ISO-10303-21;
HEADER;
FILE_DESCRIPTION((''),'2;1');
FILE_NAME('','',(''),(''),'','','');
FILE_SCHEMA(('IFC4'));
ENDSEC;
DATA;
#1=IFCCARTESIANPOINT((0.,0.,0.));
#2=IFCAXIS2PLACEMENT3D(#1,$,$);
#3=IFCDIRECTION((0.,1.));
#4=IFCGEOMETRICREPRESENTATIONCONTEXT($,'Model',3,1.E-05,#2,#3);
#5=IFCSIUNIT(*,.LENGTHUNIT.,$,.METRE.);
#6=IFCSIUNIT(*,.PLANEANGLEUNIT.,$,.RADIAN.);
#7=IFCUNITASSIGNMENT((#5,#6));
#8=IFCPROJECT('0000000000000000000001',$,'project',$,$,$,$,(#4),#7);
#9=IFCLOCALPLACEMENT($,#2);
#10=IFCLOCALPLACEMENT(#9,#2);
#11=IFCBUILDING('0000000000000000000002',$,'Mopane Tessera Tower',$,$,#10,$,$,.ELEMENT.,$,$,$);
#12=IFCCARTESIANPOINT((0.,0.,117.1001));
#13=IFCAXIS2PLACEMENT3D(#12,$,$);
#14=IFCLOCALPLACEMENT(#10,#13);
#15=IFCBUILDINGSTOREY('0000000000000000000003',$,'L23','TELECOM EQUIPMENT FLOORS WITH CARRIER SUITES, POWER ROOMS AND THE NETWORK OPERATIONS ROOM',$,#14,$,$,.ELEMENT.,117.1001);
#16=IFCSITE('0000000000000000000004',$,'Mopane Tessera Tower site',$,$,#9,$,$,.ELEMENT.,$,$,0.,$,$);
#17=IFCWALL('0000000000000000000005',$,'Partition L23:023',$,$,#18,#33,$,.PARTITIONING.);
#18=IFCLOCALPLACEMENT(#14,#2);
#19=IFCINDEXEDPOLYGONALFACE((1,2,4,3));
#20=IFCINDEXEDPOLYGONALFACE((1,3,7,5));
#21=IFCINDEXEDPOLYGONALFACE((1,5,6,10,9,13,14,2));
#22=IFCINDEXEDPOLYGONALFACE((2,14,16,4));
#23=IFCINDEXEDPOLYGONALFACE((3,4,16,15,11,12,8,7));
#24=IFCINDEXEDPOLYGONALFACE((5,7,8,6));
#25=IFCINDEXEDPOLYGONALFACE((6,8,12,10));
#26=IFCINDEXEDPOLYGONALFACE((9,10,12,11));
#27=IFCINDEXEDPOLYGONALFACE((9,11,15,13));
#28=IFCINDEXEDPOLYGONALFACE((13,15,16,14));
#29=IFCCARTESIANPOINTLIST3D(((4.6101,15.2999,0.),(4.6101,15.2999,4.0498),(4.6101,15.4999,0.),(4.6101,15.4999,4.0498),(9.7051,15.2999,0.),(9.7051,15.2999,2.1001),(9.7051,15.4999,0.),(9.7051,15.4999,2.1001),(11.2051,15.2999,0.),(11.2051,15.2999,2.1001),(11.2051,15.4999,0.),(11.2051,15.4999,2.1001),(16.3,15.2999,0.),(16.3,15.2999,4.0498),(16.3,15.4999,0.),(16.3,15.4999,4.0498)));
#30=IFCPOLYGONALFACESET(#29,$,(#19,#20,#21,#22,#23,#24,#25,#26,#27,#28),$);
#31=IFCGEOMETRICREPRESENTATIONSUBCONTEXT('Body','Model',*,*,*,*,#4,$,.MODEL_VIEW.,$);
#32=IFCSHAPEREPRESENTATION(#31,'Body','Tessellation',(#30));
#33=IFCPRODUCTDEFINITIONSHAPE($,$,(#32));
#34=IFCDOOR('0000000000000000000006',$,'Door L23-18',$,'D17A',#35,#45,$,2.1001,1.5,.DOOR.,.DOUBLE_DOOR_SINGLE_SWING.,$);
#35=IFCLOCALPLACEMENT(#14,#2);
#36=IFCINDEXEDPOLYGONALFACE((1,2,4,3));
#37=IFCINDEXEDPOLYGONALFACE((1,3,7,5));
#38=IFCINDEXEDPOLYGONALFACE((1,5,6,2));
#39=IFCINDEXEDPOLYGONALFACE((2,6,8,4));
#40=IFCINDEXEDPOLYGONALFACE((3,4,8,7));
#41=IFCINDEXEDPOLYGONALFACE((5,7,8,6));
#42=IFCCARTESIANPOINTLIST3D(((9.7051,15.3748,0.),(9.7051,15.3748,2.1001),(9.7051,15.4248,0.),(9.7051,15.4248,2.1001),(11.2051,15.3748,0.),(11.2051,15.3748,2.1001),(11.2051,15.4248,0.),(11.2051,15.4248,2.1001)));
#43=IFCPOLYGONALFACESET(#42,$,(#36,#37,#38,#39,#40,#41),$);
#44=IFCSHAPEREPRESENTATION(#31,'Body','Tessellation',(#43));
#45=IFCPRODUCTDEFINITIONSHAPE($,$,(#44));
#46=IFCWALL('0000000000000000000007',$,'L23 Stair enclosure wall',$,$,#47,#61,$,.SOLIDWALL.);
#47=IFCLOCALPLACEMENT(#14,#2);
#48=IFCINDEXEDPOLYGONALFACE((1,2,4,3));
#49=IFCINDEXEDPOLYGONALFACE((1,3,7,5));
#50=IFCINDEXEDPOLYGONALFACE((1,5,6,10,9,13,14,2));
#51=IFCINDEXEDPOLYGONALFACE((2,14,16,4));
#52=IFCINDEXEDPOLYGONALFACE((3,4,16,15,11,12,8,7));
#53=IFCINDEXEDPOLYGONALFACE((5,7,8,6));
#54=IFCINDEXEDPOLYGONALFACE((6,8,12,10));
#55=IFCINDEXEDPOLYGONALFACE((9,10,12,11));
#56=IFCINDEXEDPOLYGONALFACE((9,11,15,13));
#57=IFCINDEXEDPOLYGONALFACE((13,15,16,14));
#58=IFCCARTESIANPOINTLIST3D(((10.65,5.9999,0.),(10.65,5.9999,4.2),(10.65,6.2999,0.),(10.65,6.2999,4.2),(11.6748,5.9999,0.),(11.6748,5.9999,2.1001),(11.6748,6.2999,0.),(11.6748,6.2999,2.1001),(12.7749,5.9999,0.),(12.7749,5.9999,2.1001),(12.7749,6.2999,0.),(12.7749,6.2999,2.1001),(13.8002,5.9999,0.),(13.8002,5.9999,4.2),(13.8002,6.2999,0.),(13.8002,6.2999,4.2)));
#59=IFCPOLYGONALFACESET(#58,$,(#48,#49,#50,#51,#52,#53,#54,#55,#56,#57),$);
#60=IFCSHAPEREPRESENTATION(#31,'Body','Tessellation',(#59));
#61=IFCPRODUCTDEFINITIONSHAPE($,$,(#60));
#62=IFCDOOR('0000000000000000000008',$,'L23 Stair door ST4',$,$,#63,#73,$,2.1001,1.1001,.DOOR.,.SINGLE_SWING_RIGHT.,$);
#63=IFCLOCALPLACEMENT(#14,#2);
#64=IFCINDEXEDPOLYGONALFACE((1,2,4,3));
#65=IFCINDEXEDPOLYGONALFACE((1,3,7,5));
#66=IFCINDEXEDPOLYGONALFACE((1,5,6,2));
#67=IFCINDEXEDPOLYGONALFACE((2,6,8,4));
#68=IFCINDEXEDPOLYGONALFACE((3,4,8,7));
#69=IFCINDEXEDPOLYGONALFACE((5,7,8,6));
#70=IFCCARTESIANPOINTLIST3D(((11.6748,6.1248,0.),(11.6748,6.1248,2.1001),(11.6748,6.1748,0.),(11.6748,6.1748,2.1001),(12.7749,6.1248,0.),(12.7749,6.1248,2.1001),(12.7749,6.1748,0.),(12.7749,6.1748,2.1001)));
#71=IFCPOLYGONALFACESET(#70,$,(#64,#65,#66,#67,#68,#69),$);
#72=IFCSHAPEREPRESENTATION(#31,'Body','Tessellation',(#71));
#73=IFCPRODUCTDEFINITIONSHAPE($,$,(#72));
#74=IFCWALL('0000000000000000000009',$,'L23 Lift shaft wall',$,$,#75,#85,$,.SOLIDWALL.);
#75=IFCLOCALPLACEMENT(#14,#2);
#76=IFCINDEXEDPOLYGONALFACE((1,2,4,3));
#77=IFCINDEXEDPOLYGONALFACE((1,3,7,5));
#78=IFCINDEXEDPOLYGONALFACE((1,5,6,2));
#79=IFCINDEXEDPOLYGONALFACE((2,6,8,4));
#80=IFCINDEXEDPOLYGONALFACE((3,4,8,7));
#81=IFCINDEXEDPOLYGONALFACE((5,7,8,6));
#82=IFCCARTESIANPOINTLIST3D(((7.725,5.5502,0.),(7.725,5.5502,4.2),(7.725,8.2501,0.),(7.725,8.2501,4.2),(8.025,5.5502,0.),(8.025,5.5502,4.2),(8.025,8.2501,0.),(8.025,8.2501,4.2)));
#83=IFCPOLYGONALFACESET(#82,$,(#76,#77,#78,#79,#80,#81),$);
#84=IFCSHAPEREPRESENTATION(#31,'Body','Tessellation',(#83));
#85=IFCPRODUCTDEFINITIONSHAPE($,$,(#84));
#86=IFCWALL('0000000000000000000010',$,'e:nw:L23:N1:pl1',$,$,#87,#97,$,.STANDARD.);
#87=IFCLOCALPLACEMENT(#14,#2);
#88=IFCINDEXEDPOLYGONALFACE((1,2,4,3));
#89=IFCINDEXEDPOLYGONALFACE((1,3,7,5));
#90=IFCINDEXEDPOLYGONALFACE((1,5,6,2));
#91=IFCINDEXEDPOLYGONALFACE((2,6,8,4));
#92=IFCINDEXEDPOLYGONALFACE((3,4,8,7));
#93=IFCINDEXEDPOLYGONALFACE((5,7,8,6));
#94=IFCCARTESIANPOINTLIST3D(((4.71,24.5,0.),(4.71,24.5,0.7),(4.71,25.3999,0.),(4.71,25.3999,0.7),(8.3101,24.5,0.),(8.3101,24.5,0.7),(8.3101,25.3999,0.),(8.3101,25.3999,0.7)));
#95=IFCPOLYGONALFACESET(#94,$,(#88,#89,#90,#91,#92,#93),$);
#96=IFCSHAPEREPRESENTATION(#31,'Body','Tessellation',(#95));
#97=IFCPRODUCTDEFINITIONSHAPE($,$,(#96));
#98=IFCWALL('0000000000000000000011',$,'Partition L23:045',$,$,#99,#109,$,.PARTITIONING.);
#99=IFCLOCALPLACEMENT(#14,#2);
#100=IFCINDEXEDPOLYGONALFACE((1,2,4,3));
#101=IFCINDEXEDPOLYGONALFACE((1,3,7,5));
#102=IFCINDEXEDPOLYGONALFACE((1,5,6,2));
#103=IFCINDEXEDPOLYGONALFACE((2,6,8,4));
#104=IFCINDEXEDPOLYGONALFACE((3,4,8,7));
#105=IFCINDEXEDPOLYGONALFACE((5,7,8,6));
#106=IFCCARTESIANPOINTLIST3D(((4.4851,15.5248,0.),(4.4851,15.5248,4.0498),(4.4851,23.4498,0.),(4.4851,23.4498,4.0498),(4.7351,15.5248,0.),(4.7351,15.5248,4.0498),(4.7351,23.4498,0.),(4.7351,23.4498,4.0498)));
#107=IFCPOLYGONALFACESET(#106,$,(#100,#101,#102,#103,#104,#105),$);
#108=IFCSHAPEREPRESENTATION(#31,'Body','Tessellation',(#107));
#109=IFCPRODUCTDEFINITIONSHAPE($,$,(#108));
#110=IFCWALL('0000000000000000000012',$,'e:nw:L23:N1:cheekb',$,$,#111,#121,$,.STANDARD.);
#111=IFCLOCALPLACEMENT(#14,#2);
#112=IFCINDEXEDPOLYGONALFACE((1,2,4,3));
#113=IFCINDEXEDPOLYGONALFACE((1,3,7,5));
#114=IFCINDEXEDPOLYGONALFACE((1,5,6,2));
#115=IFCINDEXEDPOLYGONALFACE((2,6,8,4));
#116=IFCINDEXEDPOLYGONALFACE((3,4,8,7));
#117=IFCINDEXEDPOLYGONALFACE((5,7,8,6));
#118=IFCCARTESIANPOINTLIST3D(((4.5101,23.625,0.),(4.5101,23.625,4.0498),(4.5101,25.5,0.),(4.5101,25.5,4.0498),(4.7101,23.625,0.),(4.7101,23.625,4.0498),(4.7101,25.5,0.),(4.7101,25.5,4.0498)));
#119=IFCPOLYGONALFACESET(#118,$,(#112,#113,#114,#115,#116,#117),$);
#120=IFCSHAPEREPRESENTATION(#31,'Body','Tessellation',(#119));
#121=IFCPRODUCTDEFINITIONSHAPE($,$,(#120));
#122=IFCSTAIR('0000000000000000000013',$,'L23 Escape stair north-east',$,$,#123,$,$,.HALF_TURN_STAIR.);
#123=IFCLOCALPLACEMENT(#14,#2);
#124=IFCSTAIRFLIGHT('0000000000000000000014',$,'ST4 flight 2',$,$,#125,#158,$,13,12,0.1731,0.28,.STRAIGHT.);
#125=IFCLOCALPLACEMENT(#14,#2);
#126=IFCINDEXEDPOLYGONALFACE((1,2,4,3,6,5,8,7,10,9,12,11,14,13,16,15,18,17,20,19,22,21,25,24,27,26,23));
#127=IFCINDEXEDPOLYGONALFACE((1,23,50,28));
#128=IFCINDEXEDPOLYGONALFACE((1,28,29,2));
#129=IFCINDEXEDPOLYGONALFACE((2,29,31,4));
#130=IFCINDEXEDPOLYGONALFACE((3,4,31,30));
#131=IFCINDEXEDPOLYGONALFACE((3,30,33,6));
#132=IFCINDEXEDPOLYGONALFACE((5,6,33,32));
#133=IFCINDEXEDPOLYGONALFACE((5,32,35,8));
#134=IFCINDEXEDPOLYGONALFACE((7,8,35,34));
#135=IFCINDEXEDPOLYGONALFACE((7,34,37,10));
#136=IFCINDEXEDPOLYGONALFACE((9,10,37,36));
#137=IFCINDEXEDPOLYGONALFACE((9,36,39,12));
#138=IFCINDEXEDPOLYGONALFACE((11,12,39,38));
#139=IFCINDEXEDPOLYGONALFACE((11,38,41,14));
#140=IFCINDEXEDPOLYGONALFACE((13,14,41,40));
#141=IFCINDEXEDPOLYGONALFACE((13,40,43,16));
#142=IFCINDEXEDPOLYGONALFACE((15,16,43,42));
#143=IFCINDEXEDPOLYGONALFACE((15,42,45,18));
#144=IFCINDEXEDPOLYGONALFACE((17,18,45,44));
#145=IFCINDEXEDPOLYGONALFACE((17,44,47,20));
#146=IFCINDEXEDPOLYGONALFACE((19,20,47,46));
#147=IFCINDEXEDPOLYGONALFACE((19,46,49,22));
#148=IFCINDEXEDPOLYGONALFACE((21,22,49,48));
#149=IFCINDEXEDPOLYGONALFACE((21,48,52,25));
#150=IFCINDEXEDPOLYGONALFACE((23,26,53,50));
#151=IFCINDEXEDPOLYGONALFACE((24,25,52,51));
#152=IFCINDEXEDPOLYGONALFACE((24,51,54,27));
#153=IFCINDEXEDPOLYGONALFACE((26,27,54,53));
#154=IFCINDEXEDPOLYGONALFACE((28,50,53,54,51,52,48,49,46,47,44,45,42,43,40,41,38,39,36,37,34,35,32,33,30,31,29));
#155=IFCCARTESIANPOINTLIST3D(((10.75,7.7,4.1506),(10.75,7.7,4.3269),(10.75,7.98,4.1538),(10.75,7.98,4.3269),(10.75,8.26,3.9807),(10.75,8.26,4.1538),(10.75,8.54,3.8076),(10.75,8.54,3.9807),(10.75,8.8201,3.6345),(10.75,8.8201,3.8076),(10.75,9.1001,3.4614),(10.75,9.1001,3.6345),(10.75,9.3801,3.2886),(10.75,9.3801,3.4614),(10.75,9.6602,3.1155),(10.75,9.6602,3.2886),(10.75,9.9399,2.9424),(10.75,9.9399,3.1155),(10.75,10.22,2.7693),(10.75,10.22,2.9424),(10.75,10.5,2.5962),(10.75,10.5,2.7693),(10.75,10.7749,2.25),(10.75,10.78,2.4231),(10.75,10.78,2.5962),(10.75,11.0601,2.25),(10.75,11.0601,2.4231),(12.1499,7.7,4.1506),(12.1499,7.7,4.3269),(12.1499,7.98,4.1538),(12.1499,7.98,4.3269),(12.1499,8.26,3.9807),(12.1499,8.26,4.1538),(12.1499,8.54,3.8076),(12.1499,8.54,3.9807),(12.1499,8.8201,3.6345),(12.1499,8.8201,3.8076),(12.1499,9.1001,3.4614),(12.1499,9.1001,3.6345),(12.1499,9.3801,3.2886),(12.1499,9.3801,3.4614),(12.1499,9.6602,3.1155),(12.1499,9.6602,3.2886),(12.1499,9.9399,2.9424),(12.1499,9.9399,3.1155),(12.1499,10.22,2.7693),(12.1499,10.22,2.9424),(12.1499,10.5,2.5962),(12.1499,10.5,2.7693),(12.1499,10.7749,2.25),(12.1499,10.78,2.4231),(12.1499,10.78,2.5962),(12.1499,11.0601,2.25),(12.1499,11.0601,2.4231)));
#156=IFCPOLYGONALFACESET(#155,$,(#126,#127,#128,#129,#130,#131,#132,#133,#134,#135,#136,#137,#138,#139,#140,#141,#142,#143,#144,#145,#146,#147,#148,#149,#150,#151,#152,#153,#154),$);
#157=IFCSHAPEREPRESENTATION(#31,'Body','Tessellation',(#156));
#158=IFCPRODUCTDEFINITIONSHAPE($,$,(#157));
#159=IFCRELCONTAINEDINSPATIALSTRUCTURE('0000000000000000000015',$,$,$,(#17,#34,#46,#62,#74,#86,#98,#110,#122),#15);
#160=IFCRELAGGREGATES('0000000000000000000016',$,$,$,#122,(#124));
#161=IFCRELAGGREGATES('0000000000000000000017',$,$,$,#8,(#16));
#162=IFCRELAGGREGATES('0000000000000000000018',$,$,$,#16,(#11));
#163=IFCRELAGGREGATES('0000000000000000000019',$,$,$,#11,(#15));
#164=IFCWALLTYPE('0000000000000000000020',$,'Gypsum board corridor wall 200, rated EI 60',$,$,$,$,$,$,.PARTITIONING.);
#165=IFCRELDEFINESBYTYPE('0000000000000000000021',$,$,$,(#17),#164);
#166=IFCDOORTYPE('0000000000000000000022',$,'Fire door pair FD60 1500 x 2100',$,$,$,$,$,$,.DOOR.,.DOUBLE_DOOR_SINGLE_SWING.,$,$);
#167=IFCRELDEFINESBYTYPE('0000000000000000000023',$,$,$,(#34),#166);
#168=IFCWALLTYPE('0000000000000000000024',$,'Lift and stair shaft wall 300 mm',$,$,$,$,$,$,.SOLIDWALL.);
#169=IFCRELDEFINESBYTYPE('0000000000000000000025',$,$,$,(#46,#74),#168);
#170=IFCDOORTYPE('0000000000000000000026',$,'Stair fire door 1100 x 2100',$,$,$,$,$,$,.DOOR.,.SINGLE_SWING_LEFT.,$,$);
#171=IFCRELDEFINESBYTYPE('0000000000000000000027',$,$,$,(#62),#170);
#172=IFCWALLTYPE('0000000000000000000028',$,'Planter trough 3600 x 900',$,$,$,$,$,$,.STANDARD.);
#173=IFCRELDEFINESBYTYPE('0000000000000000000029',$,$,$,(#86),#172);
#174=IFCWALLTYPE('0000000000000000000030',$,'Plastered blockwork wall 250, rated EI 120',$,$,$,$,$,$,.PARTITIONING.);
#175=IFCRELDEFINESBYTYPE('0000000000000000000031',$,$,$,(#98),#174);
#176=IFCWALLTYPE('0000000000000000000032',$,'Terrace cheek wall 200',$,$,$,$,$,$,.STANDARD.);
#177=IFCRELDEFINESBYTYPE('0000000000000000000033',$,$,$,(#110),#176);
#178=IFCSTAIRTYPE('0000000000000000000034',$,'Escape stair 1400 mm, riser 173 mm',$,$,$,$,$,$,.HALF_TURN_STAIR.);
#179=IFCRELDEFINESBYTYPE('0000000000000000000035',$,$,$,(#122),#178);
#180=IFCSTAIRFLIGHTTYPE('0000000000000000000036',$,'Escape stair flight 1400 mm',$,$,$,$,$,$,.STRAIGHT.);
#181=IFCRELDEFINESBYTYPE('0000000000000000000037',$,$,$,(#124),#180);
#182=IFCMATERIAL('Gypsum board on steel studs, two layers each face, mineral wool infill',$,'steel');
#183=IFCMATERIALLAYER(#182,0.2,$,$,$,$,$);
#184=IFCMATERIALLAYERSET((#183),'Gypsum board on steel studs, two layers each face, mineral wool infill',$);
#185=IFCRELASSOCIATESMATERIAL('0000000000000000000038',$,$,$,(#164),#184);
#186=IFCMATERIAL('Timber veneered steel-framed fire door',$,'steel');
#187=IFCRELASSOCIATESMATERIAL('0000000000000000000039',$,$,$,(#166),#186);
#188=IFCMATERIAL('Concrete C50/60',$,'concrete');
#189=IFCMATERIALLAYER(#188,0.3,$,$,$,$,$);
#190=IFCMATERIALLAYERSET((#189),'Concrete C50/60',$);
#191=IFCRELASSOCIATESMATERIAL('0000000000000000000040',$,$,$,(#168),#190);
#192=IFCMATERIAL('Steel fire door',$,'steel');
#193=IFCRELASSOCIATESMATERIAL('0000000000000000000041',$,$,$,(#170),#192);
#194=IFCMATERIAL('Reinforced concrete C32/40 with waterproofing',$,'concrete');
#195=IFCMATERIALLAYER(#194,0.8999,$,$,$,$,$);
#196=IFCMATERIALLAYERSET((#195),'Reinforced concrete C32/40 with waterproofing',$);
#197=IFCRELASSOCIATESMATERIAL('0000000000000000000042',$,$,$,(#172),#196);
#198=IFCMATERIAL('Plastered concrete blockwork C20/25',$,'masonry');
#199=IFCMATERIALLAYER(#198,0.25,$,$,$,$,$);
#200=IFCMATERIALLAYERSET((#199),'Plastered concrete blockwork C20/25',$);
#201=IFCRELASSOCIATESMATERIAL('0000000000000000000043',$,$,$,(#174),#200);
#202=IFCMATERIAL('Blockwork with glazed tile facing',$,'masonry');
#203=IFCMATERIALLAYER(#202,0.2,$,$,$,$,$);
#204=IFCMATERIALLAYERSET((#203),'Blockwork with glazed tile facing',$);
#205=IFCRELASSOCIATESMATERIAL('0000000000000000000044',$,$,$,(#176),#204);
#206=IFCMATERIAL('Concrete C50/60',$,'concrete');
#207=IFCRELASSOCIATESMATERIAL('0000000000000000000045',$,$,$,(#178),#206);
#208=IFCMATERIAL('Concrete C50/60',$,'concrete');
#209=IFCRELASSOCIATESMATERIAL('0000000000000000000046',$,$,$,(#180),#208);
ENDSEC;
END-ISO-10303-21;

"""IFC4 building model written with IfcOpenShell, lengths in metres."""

from ifc_helpers import new_model, si_unit, direction, frame, frame_2d, origin, place, context, subcontext, project, spatial, polyline, rectangle, outline, extrude, material, layer, layer_set, type_object, element, fill, aggregate, save


model = new_model("IFC4")

# Units and contexts
model_context = context("Model", 3, precision=1e-05, world=origin(), true_north=direction((0.0, 1.0)))
body_context = subcontext(model_context, "Body", "Model", "MODEL_VIEW")
ifc_project = project(units=[si_unit("LENGTHUNIT", "METRE"), si_unit("PLANEANGLEUNIT", "RADIAN")], contexts=[model_context])

# Site, building, storey
site_placement = place(None, origin())
site = spatial("IfcSite", under=ifc_project, at=site_placement, Name="Mopane Tessera Tower site", CompositionType="ELEMENT", RefElevation=0.0)
building_placement = place(site_placement, origin())
building = spatial("IfcBuilding", under=site, at=building_placement, Name="Mopane Tessera Tower", CompositionType="ELEMENT")
storey_placement = place(building_placement, frame((0.0, 0.0, 117.1001)))
storey = spatial("IfcBuildingStorey", under=building, at=storey_placement, Name="L23", Description="TELECOM EQUIPMENT FLOORS WITH CARRIER SUITES, POWER ROOMS AND THE NETWORK OPERATIONS ROOM", CompositionType="ELEMENT", Elevation=117.1001)

# Walls, openings, doors
ifc_material_1 = material(Name="Gypsum board on steel studs, two layers each face, mineral wool infill", Category="steel")
ifc_layer_1 = layer(ifc_material_1, 0.2)
ifc_layer_set_1 = layer_set([ifc_layer_1], Name="Gypsum board on steel studs, two layers each face, mineral wool infill")
wall_type_1 = type_object("IfcWallType", Name="Gypsum board corridor wall 200, rated EI 60", PredefinedType="PARTITIONING", material=ifc_layer_set_1)
wall_1_placement = place(storey_placement, frame((4.6101, 15.3999, 0.0), z_axis=(0.0, 0.0, 1.0), x_axis=(1.0, 0.0, 0.0)))
wall_1 = element("IfcWall", 1, at=wall_1_placement, inside=storey, type_object=wall_type_1, Name="Partition L23:023", PredefinedType="PARTITIONING", context=body_context, shape_type="SweptSolid", body=[
    extrude(rectangle(XDim=11.6899, YDim=0.2, at=frame_2d((5.845, 0.0))), origin(), (0.0, 0.0, 1.0), 4.0498),
])
opening_1_placement = place(wall_1_placement, frame((5.095, 0.0, 0.0)))
opening_1 = element("IfcOpeningElement", 2, at=opening_1_placement, cuts=wall_1, PredefinedType="OPENING", context=body_context, shape_type="SweptSolid", body=[
    extrude(rectangle(XDim=1.5, YDim=2.1001, at=frame_2d((0.75, 1.05))), frame((0.0, 0.1121, 0.0), z_axis=(0.0, -1.0, 0.0), x_axis=(1.0, 0.0, 0.0)), (0.0, 0.0, 1.0), 0.2239),
])
ifc_material_2 = material(Name="Timber veneered steel-framed fire door", Category="steel")
door_type_1 = type_object("IfcDoorType", Name="Fire door pair FD60 1500 x 2100", OperationType="DOUBLE_DOOR_SINGLE_SWING", PredefinedType="DOOR", material=ifc_material_2)
door_1_placement = place(opening_1_placement, origin())
door_1 = element("IfcDoor", 3, at=door_1_placement, inside=storey, type_object=door_type_1, Name="Door L23-18", ObjectType="D17A", OperationType="DOUBLE_DOOR_SINGLE_SWING", OverallHeight=2.1001, OverallWidth=1.5, PredefinedType="DOOR", context=body_context, shape_type="SweptSolid", body=[
    extrude(rectangle(XDim=1.5, YDim=2.1001, at=frame_2d((0.75, 1.05))), frame((0.0, 0.0249, 0.0), z_axis=(0.0, -1.0, 0.0), x_axis=(1.0, 0.0, 0.0)), (0.0, 0.0, 1.0), 0.05),
])
fill(opening_1, door_1)
ifc_material_3 = material(Name="Concrete C50/60", Category="concrete")
ifc_layer_2 = layer(ifc_material_3, 0.3)
ifc_layer_set_2 = layer_set([ifc_layer_2], Name="Concrete C50/60")
wall_type_2 = type_object("IfcWallType", Name="Lift and stair shaft wall 300 mm", PredefinedType="SOLIDWALL", material=ifc_layer_set_2)
wall_2_placement = place(storey_placement, frame((10.6499, 6.1499, 0.0), z_axis=(0.0, 0.0, 1.0), x_axis=(1.0, 0.0, 0.0)))
wall_2 = element("IfcWall", 4, at=wall_2_placement, inside=storey, type_object=wall_type_2, Name="L23 Stair enclosure wall", PredefinedType="SOLIDWALL", context=body_context, shape_type="SweptSolid", body=[
    extrude(rectangle(XDim=3.1501, YDim=0.3, at=frame_2d((1.5752, 0.0))), origin(), (0.0, 0.0, 1.0), 4.2),
])
opening_2_placement = place(wall_2_placement, frame((1.0249, 0.0, 0.0)))
opening_2 = element("IfcOpeningElement", 5, at=opening_2_placement, cuts=wall_2, PredefinedType="OPENING", context=body_context, shape_type="SweptSolid", body=[
    extrude(rectangle(XDim=1.1001, YDim=2.1001, at=frame_2d((0.55, 1.05))), frame((0.0, 0.1621, 0.0), z_axis=(0.0, -1.0, 0.0), x_axis=(1.0, 0.0, 0.0)), (0.0, 0.0, 1.0), 0.324),
])
ifc_material_4 = material(Name="Steel fire door", Category="steel")
door_type_2 = type_object("IfcDoorType", Name="Stair fire door 1100 x 2100", OperationType="SINGLE_SWING_LEFT", PredefinedType="DOOR", material=ifc_material_4)
door_2_placement = place(opening_2_placement, origin())
door_2 = element("IfcDoor", 6, at=door_2_placement, inside=storey, type_object=door_type_2, Name="L23 Stair door ST4", OperationType="SINGLE_SWING_RIGHT", OverallHeight=2.1001, OverallWidth=1.1001, PredefinedType="DOOR", context=body_context, shape_type="SweptSolid", body=[
    extrude(rectangle(XDim=1.1001, YDim=2.1001, at=frame_2d((0.55, 1.05))), frame((0.0, 0.0249, 0.0), z_axis=(0.0, -1.0, 0.0), x_axis=(1.0, 0.0, 0.0)), (0.0, 0.0, 1.0), 0.05),
])
fill(opening_2, door_2)

# Walls
wall_3_placement = place(storey_placement, frame((7.875, 5.55, 0.0), z_axis=(0.0, 0.0, 1.0), x_axis=(0.0, 1.0, 0.0)))
element("IfcWall", 7, at=wall_3_placement, inside=storey, type_object=wall_type_2, Name="L23 Lift shaft wall", PredefinedType="SOLIDWALL", context=body_context, shape_type="SweptSolid", body=[
    extrude(rectangle(XDim=2.7, YDim=0.3, at=frame_2d((1.3501, 0.0))), origin(), (0.0, 0.0, 1.0), 4.2),
])
ifc_material_5 = material(Name="Reinforced concrete C32/40 with waterproofing", Category="concrete")
ifc_layer_3 = layer(ifc_material_5, 0.8999)
ifc_layer_set_3 = layer_set([ifc_layer_3], Name="Reinforced concrete C32/40 with waterproofing")
wall_type_3 = type_object("IfcWallType", Name="Planter trough 3600 x 900", PredefinedType="STANDARD", material=ifc_layer_set_3)
wall_4_placement = place(storey_placement, frame((8.3101, 24.95, 0.0), z_axis=(0.0, 0.0, 1.0), x_axis=(-1.0, 0.0, 0.0)))
element("IfcWall", 8, at=wall_4_placement, inside=storey, type_object=wall_type_3, Name="e:nw:L23:N1:pl1", PredefinedType="STANDARD", context=body_context, shape_type="SweptSolid", body=[
    extrude(rectangle(XDim=3.6001, YDim=0.8999, at=frame_2d((1.8, 0.0))), origin(), (0.0, 0.0, 1.0), 0.7),
])
ifc_material_6 = material(Name="Plastered concrete blockwork C20/25", Category="masonry")
ifc_layer_4 = layer(ifc_material_6, 0.25)
ifc_layer_set_4 = layer_set([ifc_layer_4], Name="Plastered concrete blockwork C20/25")
wall_type_4 = type_object("IfcWallType", Name="Plastered blockwork wall 250, rated EI 120", PredefinedType="PARTITIONING", material=ifc_layer_set_4)
wall_5_placement = place(storey_placement, frame((4.6101, 15.5249, 0.0), z_axis=(0.0, 0.0, 1.0), x_axis=(0.0, 1.0, 0.0)))
element("IfcWall", 9, at=wall_5_placement, inside=storey, type_object=wall_type_4, Name="Partition L23:045", PredefinedType="PARTITIONING", context=body_context, shape_type="SweptSolid", body=[
    extrude(rectangle(XDim=7.925, YDim=0.25, at=frame_2d((3.9624, 0.0))), origin(), (0.0, 0.0, 1.0), 4.0498),
])
ifc_material_7 = material(Name="Blockwork with glazed tile facing", Category="masonry")
ifc_layer_5 = layer(ifc_material_7, 0.2)
ifc_layer_set_5 = layer_set([ifc_layer_5], Name="Blockwork with glazed tile facing")
wall_type_5 = type_object("IfcWallType", Name="Terrace cheek wall 200", PredefinedType="STANDARD", material=ifc_layer_set_5)
wall_6_placement = place(storey_placement, frame((4.6101, 25.5, 0.0), z_axis=(0.0, 0.0, 1.0), x_axis=(0.0, -1.0, 0.0)))
element("IfcWall", 10, at=wall_6_placement, inside=storey, type_object=wall_type_5, Name="e:nw:L23:N1:cheekb", PredefinedType="STANDARD", context=body_context, shape_type="SweptSolid", body=[
    extrude(rectangle(XDim=1.875, YDim=0.2, at=frame_2d((0.9375, 0.0))), origin(), (0.0, 0.0, 1.0), 4.0498),
])

# Stair, stair flight
ifc_material_8 = material(Name="Concrete C50/60", Category="concrete")
stair_type = type_object("IfcStairType", Name="Escape stair 1400 mm, riser 173 mm", PredefinedType="HALF_TURN_STAIR", material=ifc_material_8)
stair_placement = place(storey_placement, origin())
stair = element("IfcStair", 11, at=stair_placement, inside=storey, type_object=stair_type, Name="L23 Escape stair north-east", PredefinedType="HALF_TURN_STAIR")
ifc_material_9 = material(Name="Concrete C50/60", Category="concrete")
stair_flight_type = type_object("IfcStairFlightType", Name="Escape stair flight 1400 mm", PredefinedType="STRAIGHT", material=ifc_material_9)
stair_flight_placement = place(storey_placement, frame((11.45, 11.0601, 2.25), z_axis=(0.0, 0.0, 1.0), x_axis=(0.0, -1.0, 0.0)))
stair_flight = element("IfcStairFlight", 12, at=stair_flight_placement, type_object=stair_flight_type, Name="ST4 flight 2", NumberOfRisers=13, NumberOfTreads=12, PredefinedType="STRAIGHT", RiserHeight=0.1731, TreadLength=0.28, context=body_context, shape_type="SweptSolid", body=[
    extrude(outline(polyline([(0.0, 0.0), (0.0, 0.1731), (0.28, 0.1731), (0.28, 0.3462), (0.5601, 0.3462), (0.5601, 0.5193), (0.8401, 0.5193), (0.8401, 0.6924), (1.1201, 0.6924), (1.1201, 0.8655), (1.3999, 0.8655), (1.3999, 1.0386), (1.6799, 1.0386), (1.6799, 1.2114), (1.96, 1.2114), (1.96, 1.3845), (2.24, 1.3845), (2.24, 1.5576), (2.52, 1.5576), (2.52, 1.7307), (2.8, 1.7307), (2.8, 1.9038), (3.0801, 1.9038), (3.0801, 2.0769), (3.3601, 2.0769), (3.3601, 2.25), (3.3601, 1.9006), (0.2852, 0.0), (0.0, 0.0)])), frame((0.0, 0.7, 0.0), z_axis=(0.0, -1.0, 0.0), x_axis=(1.0, 0.0, 0.0)), (0.0, 0.0, 1.0), 1.3999),
])
aggregate(stair, [stair_flight])

save(model, "model.ifc")
